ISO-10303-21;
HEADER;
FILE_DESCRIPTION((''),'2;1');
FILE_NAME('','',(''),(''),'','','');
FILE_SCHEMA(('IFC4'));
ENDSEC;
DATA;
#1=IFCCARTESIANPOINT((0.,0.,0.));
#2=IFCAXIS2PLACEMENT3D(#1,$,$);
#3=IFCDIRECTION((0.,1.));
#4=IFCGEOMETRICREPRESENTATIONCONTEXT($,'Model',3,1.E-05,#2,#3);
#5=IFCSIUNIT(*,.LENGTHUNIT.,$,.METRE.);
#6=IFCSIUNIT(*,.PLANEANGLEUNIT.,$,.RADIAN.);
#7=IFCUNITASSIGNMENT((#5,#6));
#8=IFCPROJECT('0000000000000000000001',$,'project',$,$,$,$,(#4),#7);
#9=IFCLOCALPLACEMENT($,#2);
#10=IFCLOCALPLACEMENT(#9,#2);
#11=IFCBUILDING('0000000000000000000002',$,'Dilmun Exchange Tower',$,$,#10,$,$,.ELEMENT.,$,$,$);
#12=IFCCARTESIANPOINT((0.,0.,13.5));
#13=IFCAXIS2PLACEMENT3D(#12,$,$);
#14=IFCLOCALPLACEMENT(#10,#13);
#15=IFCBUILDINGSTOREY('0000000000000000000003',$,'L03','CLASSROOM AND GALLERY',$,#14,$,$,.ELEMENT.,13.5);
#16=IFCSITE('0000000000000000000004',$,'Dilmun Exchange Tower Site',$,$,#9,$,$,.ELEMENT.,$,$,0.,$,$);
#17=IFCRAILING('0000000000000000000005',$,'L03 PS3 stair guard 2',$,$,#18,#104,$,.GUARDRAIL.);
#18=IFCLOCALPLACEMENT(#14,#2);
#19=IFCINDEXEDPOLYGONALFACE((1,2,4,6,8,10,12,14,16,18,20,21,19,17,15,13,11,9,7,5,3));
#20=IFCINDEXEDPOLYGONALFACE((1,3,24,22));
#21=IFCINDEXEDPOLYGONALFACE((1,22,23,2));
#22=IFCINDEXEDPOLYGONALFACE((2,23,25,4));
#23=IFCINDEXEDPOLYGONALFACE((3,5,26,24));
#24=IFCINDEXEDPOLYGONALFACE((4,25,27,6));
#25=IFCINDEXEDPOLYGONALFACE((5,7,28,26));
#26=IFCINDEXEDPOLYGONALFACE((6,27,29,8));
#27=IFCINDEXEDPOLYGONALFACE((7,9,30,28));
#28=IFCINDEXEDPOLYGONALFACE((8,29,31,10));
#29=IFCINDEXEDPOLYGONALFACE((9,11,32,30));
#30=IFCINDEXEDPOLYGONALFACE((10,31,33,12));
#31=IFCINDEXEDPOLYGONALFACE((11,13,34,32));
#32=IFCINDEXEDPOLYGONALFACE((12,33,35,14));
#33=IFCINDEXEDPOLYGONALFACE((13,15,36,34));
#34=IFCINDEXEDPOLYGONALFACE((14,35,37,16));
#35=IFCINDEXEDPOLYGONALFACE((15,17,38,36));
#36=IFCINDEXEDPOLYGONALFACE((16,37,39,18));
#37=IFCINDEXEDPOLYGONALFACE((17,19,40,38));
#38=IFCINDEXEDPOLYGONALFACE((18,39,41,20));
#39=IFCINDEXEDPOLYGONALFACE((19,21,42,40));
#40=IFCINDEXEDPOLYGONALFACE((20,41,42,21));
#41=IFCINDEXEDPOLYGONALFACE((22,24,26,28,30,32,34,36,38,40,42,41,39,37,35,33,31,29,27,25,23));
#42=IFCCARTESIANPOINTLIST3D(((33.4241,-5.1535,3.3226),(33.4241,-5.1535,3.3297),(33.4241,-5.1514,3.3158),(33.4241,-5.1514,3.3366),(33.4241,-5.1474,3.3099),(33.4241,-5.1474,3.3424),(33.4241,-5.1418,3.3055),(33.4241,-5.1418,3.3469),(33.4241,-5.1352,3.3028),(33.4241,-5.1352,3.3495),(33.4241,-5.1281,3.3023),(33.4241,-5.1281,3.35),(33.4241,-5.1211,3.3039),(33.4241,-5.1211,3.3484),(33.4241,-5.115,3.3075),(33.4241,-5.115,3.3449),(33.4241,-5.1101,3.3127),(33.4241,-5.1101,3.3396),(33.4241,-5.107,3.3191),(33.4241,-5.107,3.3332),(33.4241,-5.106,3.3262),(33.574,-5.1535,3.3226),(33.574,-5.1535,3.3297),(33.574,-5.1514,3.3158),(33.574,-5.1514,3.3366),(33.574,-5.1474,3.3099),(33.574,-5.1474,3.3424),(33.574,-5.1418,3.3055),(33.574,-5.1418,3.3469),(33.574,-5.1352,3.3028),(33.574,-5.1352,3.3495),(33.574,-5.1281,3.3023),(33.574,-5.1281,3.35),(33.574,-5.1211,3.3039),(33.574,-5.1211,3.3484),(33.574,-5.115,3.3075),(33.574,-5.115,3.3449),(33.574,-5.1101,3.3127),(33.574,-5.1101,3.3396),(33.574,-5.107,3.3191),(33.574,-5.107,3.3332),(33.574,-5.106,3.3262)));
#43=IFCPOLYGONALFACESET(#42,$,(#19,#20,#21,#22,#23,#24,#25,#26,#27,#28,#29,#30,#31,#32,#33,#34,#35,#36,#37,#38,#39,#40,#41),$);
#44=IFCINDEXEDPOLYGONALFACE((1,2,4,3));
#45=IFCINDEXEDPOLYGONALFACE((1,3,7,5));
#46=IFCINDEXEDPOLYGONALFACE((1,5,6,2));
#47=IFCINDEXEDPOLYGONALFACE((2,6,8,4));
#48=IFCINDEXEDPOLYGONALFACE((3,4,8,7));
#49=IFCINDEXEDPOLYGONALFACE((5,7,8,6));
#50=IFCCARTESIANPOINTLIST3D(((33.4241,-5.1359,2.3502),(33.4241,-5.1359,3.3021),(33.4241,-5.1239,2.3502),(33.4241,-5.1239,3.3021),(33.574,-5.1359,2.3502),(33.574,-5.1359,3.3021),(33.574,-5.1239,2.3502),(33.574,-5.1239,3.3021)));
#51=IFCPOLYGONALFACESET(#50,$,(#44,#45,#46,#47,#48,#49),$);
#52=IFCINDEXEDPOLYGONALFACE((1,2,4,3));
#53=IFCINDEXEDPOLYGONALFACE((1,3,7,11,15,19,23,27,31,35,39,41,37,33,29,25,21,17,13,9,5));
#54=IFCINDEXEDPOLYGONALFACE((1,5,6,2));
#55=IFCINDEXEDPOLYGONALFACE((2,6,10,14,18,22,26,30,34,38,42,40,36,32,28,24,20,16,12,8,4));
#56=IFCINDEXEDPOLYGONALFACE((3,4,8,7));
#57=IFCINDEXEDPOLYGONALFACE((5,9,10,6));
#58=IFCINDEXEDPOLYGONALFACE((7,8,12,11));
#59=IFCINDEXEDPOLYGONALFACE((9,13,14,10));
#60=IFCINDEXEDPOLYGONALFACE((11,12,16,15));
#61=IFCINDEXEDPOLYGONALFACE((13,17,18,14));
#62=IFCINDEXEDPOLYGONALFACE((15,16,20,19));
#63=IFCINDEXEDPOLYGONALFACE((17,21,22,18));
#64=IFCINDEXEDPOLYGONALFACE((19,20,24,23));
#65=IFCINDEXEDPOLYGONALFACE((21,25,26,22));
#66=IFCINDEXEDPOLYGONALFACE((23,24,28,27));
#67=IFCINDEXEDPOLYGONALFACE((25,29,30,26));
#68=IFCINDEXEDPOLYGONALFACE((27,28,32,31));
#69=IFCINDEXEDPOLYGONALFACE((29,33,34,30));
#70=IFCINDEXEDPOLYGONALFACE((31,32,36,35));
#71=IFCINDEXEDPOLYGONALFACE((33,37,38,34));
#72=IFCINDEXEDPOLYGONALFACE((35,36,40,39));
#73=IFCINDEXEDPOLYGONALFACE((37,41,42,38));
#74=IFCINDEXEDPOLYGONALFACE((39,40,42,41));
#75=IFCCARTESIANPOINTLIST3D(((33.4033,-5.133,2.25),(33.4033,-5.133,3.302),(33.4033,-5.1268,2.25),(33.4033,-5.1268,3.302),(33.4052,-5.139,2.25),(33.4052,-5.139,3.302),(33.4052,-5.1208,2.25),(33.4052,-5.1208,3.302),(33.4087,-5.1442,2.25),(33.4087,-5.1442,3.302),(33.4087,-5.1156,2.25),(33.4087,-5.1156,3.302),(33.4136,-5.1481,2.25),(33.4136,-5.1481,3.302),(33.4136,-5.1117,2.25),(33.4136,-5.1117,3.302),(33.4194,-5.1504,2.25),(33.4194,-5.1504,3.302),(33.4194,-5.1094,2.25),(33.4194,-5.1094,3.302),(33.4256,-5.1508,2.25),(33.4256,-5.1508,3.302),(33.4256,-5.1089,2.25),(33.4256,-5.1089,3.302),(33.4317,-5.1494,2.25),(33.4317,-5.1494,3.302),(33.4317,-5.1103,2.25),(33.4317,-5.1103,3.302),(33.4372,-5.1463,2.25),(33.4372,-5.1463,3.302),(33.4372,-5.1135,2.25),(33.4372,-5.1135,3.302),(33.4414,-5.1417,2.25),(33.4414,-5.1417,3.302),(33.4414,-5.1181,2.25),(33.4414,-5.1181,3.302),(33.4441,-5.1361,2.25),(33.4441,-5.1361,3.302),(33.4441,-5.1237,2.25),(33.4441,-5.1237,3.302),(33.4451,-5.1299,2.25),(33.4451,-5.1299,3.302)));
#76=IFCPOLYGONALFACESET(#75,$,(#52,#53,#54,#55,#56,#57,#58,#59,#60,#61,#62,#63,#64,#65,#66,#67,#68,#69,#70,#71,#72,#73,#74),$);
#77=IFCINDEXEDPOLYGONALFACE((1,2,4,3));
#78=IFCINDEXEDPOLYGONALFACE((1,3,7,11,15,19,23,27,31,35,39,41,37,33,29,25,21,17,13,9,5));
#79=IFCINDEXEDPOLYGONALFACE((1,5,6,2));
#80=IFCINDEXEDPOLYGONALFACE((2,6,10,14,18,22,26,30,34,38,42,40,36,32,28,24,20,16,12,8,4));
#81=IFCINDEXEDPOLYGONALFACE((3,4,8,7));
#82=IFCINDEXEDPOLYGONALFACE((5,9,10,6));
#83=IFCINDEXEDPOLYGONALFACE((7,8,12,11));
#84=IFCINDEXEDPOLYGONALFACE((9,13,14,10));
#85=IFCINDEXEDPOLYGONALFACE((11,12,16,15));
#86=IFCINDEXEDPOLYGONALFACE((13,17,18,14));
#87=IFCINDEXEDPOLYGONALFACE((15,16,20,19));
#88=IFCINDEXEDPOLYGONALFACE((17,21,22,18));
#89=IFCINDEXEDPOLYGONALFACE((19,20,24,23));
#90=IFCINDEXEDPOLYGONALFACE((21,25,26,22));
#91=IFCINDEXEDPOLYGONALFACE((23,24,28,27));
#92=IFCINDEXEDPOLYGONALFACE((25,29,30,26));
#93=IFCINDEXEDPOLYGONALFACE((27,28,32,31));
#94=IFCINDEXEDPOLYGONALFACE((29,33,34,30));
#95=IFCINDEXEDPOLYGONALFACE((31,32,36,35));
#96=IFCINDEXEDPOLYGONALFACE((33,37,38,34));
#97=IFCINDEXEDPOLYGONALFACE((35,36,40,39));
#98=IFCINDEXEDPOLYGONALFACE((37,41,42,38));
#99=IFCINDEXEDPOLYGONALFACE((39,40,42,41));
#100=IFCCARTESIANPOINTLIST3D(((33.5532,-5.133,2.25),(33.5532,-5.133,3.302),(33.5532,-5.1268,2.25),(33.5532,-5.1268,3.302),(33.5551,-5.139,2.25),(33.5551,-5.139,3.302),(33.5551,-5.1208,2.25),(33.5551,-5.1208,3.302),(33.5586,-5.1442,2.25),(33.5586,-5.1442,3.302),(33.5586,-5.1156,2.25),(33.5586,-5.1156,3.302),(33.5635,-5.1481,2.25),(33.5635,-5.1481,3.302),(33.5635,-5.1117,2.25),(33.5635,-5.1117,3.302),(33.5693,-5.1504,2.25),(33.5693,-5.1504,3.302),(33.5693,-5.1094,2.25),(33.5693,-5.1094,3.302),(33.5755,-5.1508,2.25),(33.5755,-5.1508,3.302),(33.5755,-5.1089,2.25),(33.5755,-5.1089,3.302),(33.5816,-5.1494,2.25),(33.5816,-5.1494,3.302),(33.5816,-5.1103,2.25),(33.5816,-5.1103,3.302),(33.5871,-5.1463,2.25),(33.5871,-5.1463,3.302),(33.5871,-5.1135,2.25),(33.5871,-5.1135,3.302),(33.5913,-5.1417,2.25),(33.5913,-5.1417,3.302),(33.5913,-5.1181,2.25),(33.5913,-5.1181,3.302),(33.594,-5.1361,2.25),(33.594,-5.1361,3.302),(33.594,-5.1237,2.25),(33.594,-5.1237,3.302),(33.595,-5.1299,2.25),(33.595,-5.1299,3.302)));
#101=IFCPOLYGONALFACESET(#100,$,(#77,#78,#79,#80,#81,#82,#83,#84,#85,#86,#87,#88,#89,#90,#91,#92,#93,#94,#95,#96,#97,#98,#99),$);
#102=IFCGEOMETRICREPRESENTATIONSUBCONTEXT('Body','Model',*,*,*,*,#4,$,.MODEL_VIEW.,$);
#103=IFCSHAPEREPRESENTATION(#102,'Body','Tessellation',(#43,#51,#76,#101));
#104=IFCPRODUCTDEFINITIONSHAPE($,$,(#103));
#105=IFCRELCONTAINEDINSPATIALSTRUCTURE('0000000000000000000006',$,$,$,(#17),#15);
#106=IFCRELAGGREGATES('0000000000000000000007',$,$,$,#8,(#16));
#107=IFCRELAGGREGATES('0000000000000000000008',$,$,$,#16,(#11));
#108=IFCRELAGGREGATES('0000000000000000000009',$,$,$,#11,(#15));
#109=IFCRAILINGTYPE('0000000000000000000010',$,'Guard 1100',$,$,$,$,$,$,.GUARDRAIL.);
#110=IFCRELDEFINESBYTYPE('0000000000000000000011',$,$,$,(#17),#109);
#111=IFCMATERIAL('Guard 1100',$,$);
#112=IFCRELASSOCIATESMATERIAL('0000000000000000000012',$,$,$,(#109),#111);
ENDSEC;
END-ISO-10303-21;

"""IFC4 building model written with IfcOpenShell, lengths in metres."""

from ifc_helpers import new_model, si_unit, direction, frame, origin, origin_2d, place, context, subcontext, project, spatial, rectangle, circle, extrude, material, type_object, element, save


model = new_model("IFC4")

# Units and contexts
model_context = context("Model", 3, precision=1e-05, world=origin(), true_north=direction((0.0, 1.0)))
body_context = subcontext(model_context, "Body", "Model", "MODEL_VIEW")
ifc_project = project(units=[si_unit("LENGTHUNIT", "METRE"), si_unit("PLANEANGLEUNIT", "RADIAN")], contexts=[model_context])

# Site, building, storey
site_placement = place(None, origin())
site = spatial("IfcSite", under=ifc_project, at=site_placement, Name="Dilmun Exchange Tower Site", CompositionType="ELEMENT", RefElevation=0.0)
building_placement = place(site_placement, origin())
building = spatial("IfcBuilding", under=site, at=building_placement, Name="Dilmun Exchange Tower", CompositionType="ELEMENT")
storey_placement = place(building_placement, frame((0.0, 0.0, 13.5)))
storey = spatial("IfcBuildingStorey", under=building, at=storey_placement, Name="L03", Description="CLASSROOM AND GALLERY", CompositionType="ELEMENT", Elevation=13.5)

# Railing
ifc_material_1 = material(Name="Guard 1100")
railing_type_1 = type_object("IfcRailingType", Name="Guard 1100", PredefinedType="GUARDRAIL", material=ifc_material_1)
railing_1_placement = place(storey_placement, frame((33.4241, -5.1299, 2.25)))
element("IfcRailing", 1, at=railing_1_placement, inside=storey, type_object=railing_type_1, Name="L03 PS3 stair guard 2", PredefinedType="GUARDRAIL", context=body_context, shape_type="SweptSolid", body=[
    extrude(circle(Radius=0.0239, at=origin_2d()), frame((0.0, 0.0, 1.0762), z_axis=(1.0, 0.0, 0.0), x_axis=(0.0, 1.0, 0.0)), (0.0, 0.0, 1.0), 0.1499),
    extrude(rectangle(XDim=0.012, YDim=0.9519, at=origin_2d()), frame((0.0, 0.0, 0.5762), z_axis=(1.0, 0.0, 0.0), x_axis=(0.0, 1.0, 0.0)), (0.0, 0.0, 1.0), 0.1499),
    extrude(circle(Radius=0.021, at=origin_2d()), origin(), (0.0, 0.0, 1.0), 1.052),
    extrude(circle(Radius=0.021, at=origin_2d()), frame((0.1499, 0.0, 0.0)), (0.0, 0.0, 1.0), 1.052),
])

save(model, "model.ifc")
